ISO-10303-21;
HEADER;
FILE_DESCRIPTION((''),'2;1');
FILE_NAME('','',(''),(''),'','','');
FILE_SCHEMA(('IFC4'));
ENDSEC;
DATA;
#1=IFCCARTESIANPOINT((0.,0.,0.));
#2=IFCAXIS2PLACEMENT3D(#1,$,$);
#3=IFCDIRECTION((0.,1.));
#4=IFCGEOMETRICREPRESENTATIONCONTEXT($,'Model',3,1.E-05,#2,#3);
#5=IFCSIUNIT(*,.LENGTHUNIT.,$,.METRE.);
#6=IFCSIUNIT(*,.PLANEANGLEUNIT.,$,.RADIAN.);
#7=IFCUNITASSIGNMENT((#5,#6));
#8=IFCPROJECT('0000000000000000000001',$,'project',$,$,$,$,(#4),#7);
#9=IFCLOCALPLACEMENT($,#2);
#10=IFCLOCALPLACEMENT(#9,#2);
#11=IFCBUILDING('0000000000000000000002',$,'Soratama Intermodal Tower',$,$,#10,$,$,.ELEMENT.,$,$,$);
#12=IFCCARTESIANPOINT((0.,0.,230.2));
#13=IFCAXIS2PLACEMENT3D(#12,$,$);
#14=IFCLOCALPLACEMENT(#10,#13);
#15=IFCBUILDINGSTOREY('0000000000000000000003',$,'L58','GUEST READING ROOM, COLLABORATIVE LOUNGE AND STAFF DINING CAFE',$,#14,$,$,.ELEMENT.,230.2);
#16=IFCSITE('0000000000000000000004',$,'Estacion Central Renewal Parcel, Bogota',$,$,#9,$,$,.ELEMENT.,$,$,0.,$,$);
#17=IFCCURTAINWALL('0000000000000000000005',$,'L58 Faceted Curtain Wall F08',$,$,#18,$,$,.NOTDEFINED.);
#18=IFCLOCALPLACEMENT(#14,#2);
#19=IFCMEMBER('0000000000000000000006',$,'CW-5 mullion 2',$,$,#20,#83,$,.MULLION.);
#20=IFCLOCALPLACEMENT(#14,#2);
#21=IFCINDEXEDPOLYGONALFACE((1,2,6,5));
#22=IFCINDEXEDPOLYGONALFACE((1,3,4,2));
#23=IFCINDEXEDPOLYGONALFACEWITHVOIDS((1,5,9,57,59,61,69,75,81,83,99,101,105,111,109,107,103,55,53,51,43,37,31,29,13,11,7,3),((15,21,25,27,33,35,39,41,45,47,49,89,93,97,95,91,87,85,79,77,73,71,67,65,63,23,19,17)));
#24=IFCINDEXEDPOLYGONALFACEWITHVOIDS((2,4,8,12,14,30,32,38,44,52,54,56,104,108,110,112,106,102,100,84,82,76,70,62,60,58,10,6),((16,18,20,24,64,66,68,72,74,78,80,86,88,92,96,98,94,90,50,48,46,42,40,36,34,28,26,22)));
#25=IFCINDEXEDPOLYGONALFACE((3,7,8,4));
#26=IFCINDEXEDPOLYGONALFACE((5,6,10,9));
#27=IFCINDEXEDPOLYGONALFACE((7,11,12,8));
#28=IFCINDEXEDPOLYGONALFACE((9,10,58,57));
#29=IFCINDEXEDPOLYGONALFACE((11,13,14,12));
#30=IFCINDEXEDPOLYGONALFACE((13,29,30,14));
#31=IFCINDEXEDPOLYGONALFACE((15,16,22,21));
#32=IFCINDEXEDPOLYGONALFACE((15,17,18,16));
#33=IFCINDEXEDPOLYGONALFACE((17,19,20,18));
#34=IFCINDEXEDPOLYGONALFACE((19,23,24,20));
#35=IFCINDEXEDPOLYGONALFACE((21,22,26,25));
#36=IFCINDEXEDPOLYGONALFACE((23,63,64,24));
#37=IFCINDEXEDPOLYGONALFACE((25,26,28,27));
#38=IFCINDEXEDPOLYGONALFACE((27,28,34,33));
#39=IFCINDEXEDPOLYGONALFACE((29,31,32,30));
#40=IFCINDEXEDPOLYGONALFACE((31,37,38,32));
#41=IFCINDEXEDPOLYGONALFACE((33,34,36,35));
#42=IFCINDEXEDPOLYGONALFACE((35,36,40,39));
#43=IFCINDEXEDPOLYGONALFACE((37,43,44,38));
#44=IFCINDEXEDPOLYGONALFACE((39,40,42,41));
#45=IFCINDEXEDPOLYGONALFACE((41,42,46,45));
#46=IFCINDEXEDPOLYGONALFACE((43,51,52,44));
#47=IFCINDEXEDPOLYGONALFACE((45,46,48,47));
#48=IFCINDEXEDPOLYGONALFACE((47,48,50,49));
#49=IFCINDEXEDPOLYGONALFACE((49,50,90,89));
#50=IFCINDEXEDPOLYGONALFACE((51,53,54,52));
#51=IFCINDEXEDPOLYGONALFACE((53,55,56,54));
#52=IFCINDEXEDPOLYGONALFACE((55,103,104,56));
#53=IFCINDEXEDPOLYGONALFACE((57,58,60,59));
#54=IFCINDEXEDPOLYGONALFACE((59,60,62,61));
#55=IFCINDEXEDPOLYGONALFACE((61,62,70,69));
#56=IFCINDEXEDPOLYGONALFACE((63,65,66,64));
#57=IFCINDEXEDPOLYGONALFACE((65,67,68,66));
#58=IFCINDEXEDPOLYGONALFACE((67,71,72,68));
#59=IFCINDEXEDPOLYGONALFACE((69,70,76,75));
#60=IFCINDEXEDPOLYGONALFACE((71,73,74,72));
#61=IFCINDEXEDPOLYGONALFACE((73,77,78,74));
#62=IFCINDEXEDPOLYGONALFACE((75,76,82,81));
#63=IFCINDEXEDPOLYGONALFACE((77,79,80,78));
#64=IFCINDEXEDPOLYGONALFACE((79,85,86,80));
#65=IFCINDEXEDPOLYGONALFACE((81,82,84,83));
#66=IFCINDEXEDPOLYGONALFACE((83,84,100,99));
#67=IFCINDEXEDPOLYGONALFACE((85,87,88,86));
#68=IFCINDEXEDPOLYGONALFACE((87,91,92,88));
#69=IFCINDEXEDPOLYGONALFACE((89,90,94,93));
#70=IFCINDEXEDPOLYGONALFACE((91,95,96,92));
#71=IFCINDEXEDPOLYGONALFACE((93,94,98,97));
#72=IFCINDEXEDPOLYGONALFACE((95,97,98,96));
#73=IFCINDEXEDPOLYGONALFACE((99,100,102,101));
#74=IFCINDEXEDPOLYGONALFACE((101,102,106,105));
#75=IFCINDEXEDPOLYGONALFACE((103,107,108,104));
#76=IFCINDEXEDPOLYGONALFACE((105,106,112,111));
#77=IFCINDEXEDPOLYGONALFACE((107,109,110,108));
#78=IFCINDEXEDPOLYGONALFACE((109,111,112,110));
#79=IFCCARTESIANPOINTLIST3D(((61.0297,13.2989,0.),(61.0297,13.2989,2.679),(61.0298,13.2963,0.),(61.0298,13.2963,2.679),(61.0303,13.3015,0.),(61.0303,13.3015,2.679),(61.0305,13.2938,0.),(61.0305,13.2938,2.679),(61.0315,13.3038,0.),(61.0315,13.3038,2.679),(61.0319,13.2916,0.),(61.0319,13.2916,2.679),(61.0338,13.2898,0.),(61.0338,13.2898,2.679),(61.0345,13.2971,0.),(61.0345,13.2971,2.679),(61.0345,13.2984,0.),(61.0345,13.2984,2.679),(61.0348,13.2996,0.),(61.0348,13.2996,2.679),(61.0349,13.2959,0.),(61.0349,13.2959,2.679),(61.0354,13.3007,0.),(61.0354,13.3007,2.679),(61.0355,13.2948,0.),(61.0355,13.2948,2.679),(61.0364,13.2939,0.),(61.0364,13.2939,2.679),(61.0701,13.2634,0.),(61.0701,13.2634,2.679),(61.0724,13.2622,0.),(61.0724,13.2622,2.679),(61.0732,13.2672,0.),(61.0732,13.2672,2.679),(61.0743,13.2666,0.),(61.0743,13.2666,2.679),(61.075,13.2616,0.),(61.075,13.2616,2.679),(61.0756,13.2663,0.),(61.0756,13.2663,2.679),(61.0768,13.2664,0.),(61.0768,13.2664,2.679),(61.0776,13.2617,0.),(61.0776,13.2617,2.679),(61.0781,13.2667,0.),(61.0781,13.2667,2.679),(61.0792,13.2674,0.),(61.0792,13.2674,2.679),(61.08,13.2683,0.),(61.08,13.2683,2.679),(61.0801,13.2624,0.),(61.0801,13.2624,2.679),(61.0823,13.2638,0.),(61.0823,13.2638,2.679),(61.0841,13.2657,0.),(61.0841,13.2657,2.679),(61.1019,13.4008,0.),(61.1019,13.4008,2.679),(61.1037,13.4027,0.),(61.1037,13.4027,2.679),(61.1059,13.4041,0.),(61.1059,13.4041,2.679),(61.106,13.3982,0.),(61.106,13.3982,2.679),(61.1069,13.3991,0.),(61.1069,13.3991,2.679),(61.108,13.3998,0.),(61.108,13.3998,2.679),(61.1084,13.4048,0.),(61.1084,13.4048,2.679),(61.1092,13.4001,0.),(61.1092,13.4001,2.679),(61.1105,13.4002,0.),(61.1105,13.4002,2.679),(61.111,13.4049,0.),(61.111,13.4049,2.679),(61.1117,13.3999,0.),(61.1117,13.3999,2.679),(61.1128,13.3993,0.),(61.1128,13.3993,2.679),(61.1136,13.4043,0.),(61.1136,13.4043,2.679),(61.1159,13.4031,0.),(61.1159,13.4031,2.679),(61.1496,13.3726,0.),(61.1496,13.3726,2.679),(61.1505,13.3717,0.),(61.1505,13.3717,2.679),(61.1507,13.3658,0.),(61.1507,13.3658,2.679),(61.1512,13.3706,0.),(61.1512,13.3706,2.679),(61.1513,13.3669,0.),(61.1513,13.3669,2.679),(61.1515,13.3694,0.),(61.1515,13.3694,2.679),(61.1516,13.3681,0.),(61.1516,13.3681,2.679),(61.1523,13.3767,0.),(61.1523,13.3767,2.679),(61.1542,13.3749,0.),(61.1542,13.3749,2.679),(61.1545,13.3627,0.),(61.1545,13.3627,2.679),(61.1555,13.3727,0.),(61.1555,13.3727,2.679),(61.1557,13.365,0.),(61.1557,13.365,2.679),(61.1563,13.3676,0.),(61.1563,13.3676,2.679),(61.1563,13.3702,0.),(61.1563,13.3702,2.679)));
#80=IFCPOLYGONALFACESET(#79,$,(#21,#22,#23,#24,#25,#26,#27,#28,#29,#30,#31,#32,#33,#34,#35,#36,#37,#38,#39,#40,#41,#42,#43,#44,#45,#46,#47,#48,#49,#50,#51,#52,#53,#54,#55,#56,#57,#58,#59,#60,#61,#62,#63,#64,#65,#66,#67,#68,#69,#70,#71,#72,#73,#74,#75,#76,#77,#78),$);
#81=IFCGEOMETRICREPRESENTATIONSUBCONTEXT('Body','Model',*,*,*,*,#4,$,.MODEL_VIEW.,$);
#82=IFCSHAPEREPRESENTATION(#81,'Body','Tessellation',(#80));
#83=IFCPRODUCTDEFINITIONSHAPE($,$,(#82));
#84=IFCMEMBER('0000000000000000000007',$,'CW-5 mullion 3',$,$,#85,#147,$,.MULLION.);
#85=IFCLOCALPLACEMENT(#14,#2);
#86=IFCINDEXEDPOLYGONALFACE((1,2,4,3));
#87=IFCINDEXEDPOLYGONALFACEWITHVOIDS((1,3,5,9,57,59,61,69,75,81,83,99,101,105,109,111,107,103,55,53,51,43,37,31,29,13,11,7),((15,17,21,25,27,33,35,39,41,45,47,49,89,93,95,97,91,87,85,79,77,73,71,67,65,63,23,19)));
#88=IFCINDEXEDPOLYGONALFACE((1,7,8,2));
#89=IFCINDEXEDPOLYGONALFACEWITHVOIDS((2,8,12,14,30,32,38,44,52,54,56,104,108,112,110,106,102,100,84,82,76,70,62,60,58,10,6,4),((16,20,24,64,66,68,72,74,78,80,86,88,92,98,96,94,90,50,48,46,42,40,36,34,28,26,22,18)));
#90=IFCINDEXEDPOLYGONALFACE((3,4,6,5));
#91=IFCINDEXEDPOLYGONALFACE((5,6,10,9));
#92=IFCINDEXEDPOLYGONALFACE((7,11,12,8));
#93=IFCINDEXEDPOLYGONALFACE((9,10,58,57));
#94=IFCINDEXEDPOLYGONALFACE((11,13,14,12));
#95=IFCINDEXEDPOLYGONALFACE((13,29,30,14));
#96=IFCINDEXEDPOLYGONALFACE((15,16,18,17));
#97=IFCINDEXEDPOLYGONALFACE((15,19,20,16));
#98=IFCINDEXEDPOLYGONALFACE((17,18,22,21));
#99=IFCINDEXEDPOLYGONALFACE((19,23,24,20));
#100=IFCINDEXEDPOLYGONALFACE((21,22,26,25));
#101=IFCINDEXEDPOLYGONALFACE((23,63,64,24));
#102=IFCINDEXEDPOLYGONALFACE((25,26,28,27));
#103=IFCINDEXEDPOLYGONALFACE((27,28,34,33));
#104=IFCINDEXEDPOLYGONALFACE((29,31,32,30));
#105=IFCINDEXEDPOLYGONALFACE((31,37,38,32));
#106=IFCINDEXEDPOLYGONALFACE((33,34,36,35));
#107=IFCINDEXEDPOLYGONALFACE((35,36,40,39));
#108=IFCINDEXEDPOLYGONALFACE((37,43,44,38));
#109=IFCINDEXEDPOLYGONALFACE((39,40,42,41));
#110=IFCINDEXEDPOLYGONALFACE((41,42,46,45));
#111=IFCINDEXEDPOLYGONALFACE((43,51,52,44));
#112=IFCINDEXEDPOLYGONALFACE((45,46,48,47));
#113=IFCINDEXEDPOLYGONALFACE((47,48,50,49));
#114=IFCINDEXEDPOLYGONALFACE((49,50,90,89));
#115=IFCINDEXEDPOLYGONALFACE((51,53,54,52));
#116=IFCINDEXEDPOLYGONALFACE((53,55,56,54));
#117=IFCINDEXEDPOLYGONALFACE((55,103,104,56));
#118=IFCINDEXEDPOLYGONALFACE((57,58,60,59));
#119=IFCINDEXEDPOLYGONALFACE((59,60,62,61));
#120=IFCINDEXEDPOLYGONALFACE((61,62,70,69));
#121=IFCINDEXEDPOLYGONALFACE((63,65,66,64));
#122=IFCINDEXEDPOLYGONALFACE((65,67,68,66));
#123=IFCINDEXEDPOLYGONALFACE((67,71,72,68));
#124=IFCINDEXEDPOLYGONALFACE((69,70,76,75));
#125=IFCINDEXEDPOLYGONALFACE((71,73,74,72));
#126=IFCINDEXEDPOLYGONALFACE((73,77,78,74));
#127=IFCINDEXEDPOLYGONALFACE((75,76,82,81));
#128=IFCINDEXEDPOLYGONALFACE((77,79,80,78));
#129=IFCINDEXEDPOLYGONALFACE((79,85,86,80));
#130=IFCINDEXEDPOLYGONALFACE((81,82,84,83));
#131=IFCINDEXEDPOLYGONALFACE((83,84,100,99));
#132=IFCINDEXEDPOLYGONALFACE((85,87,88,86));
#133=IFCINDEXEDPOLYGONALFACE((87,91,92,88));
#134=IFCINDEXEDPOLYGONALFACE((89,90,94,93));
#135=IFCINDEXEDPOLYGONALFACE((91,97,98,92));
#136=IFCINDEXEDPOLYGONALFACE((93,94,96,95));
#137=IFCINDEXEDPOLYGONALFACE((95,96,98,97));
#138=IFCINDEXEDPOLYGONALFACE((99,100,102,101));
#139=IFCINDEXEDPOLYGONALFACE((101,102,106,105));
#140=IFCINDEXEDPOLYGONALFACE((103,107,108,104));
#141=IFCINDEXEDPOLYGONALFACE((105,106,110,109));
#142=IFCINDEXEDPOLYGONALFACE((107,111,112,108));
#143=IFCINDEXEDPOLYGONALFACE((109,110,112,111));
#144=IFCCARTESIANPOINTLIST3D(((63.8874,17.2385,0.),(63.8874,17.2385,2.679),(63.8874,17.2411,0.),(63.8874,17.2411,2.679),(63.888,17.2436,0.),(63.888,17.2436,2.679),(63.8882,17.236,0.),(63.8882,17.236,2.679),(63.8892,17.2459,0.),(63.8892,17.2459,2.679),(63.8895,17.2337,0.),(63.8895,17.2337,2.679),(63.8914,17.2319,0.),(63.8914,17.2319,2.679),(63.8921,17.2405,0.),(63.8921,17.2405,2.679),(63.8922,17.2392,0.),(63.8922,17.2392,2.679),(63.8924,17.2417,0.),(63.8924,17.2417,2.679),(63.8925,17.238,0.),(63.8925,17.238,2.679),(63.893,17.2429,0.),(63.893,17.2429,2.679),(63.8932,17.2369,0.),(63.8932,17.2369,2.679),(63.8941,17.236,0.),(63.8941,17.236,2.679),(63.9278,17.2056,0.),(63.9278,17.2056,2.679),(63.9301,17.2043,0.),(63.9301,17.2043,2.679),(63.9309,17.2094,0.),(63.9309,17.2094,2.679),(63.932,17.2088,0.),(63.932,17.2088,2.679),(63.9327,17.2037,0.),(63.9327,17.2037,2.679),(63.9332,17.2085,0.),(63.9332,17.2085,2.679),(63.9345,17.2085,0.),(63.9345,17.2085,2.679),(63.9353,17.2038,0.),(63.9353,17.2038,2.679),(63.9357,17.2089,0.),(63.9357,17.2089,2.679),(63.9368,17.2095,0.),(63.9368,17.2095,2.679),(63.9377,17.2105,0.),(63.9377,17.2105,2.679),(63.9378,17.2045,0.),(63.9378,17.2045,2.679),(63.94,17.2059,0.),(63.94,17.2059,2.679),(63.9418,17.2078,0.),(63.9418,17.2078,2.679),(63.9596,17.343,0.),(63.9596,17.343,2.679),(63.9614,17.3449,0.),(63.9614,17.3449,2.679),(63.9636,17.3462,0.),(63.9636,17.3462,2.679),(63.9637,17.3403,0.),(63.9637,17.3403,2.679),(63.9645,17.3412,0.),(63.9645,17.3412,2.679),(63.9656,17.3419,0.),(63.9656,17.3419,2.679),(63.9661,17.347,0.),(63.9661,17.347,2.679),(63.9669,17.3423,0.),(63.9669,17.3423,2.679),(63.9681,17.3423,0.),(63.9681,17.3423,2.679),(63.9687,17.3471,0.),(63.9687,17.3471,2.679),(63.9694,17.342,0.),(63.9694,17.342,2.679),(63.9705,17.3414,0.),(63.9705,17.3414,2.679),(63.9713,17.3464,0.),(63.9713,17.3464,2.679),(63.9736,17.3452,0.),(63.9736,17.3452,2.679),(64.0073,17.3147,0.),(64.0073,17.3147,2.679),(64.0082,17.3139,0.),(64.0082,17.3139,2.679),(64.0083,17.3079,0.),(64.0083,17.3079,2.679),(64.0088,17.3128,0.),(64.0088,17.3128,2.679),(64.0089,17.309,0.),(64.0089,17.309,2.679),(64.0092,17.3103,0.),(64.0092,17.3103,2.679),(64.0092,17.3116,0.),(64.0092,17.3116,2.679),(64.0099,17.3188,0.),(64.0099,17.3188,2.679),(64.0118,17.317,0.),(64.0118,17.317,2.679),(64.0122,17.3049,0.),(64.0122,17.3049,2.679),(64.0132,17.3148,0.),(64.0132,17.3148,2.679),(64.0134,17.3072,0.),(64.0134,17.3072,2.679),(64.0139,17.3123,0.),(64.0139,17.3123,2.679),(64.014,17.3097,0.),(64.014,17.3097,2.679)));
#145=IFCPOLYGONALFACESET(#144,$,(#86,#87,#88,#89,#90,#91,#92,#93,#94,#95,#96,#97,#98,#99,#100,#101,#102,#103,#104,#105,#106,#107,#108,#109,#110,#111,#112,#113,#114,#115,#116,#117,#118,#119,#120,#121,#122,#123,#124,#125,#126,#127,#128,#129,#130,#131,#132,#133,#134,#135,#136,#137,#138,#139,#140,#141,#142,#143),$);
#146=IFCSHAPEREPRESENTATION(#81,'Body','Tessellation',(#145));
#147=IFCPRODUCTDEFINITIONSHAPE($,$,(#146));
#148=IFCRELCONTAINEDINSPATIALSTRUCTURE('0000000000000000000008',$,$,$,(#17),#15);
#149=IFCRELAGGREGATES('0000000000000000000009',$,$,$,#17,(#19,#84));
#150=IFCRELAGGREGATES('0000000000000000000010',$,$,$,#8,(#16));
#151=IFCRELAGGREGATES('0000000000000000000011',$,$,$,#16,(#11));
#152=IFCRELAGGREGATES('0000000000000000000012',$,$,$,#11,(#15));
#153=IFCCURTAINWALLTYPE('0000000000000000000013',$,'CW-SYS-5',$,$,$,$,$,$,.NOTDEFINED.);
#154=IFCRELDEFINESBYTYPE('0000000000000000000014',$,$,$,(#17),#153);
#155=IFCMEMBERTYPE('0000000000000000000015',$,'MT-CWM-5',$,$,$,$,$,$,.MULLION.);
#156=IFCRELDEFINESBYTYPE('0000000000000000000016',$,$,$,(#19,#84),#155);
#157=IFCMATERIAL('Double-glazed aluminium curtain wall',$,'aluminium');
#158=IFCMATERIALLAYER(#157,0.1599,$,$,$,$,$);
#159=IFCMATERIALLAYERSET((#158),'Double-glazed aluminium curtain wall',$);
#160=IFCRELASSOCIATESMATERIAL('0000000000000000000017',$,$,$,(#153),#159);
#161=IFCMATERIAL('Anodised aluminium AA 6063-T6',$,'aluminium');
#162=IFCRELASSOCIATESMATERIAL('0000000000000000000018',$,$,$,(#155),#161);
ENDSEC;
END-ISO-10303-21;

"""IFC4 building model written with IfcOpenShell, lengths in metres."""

from ifc_helpers import new_model, si_unit, direction, frame, origin, origin_2d, place, context, subcontext, project, spatial, hollow_rectangle, extrude, material, layer, layer_set, material_profile, profile_set, type_object, element, aggregate, save


model = new_model("IFC4")

# Units and contexts
model_context = context("Model", 3, precision=1e-05, world=origin(), true_north=direction((0.0, 1.0)))
body_context = subcontext(model_context, "Body", "Model", "MODEL_VIEW")
ifc_project = project(units=[si_unit("LENGTHUNIT", "METRE"), si_unit("PLANEANGLEUNIT", "RADIAN")], contexts=[model_context])

# Site, building, storey
site_placement = place(None, origin())
site = spatial("IfcSite", under=ifc_project, at=site_placement, Name="Estacion Central Renewal Parcel, Bogota", CompositionType="ELEMENT", RefElevation=0.0)
building_placement = place(site_placement, origin())
building = spatial("IfcBuilding", under=site, at=building_placement, Name="Soratama Intermodal Tower", CompositionType="ELEMENT")
storey_placement = place(building_placement, frame((0.0, 0.0, 230.2)))
storey = spatial("IfcBuildingStorey", under=building, at=storey_placement, Name="L58", Description="GUEST READING ROOM, COLLABORATIVE LOUNGE AND STAFF DINING CAFE", CompositionType="ELEMENT", Elevation=230.2)

# Curtain wall, members
ifc_material_1 = material(Name="Double-glazed aluminium curtain wall", Category="aluminium")
ifc_layer_1 = layer(ifc_material_1, 0.1599)
ifc_layer_set_1 = layer_set([ifc_layer_1], Name="Double-glazed aluminium curtain wall")
curtain_wall_type = type_object("IfcCurtainWallType", Name="CW-SYS-5", PredefinedType="NOTDEFINED", material=ifc_layer_set_1)
curtain_wall_placement = place(storey_placement, origin())
curtain_wall = element("IfcCurtainWall", 1, at=curtain_wall_placement, inside=storey, type_object=curtain_wall_type, Name="L58 Faceted Curtain Wall F08", PredefinedType="NOTDEFINED")
ifc_material_2 = material(Name="Anodised aluminium AA 6063-T6", Category="aluminium")
ifc_material_profile_1 = material_profile(ifc_material_2, hollow_rectangle(XDim=0.0649, YDim=0.1399, WallThickness=0.0049, InnerFilletRadius=0.0049, OuterFilletRadius=0.01, at=origin_2d()), Name="CWM140X65X5")
ifc_profile_set_1 = profile_set([ifc_material_profile_1], Name="Anodised aluminium AA 6063-T6")
member_type_1 = type_object("IfcMemberType", Name="MT-CWM-5", PredefinedType="MULLION", material=ifc_profile_set_1)
member_1_placement = place(storey_placement, frame((61.093, 13.3333, 0.0), z_axis=(0.0, 0.0, 1.0), x_axis=(-0.809633, 0.586937, 0.0)))
member_1 = element("IfcMember", 2, at=member_1_placement, type_object=member_type_1, Name="CW-5 mullion 2", PredefinedType="MULLION", context=body_context, shape_type="SweptSolid", body=[
    extrude(hollow_rectangle(XDim=0.0649, YDim=0.1399, WallThickness=0.0049, InnerFilletRadius=0.0049, OuterFilletRadius=0.01, at=origin_2d()), origin(), (0.0, 0.0, 1.0), 2.679),
])
member_2_placement = place(storey_placement, frame((63.9507, 17.2754, 0.0), z_axis=(0.0, 0.0, 1.0), x_axis=(-0.809633, 0.586937, 0.0)))
member_2 = element("IfcMember", 3, at=member_2_placement, type_object=member_type_1, Name="CW-5 mullion 3", PredefinedType="MULLION", context=body_context, shape_type="SweptSolid", body=[
    extrude(hollow_rectangle(XDim=0.0649, YDim=0.1399, WallThickness=0.0049, InnerFilletRadius=0.0049, OuterFilletRadius=0.01, at=origin_2d()), origin(), (0.0, 0.0, 1.0), 2.679),
])
aggregate(curtain_wall, [member_1, member_2])

save(model, "model.ifc")
